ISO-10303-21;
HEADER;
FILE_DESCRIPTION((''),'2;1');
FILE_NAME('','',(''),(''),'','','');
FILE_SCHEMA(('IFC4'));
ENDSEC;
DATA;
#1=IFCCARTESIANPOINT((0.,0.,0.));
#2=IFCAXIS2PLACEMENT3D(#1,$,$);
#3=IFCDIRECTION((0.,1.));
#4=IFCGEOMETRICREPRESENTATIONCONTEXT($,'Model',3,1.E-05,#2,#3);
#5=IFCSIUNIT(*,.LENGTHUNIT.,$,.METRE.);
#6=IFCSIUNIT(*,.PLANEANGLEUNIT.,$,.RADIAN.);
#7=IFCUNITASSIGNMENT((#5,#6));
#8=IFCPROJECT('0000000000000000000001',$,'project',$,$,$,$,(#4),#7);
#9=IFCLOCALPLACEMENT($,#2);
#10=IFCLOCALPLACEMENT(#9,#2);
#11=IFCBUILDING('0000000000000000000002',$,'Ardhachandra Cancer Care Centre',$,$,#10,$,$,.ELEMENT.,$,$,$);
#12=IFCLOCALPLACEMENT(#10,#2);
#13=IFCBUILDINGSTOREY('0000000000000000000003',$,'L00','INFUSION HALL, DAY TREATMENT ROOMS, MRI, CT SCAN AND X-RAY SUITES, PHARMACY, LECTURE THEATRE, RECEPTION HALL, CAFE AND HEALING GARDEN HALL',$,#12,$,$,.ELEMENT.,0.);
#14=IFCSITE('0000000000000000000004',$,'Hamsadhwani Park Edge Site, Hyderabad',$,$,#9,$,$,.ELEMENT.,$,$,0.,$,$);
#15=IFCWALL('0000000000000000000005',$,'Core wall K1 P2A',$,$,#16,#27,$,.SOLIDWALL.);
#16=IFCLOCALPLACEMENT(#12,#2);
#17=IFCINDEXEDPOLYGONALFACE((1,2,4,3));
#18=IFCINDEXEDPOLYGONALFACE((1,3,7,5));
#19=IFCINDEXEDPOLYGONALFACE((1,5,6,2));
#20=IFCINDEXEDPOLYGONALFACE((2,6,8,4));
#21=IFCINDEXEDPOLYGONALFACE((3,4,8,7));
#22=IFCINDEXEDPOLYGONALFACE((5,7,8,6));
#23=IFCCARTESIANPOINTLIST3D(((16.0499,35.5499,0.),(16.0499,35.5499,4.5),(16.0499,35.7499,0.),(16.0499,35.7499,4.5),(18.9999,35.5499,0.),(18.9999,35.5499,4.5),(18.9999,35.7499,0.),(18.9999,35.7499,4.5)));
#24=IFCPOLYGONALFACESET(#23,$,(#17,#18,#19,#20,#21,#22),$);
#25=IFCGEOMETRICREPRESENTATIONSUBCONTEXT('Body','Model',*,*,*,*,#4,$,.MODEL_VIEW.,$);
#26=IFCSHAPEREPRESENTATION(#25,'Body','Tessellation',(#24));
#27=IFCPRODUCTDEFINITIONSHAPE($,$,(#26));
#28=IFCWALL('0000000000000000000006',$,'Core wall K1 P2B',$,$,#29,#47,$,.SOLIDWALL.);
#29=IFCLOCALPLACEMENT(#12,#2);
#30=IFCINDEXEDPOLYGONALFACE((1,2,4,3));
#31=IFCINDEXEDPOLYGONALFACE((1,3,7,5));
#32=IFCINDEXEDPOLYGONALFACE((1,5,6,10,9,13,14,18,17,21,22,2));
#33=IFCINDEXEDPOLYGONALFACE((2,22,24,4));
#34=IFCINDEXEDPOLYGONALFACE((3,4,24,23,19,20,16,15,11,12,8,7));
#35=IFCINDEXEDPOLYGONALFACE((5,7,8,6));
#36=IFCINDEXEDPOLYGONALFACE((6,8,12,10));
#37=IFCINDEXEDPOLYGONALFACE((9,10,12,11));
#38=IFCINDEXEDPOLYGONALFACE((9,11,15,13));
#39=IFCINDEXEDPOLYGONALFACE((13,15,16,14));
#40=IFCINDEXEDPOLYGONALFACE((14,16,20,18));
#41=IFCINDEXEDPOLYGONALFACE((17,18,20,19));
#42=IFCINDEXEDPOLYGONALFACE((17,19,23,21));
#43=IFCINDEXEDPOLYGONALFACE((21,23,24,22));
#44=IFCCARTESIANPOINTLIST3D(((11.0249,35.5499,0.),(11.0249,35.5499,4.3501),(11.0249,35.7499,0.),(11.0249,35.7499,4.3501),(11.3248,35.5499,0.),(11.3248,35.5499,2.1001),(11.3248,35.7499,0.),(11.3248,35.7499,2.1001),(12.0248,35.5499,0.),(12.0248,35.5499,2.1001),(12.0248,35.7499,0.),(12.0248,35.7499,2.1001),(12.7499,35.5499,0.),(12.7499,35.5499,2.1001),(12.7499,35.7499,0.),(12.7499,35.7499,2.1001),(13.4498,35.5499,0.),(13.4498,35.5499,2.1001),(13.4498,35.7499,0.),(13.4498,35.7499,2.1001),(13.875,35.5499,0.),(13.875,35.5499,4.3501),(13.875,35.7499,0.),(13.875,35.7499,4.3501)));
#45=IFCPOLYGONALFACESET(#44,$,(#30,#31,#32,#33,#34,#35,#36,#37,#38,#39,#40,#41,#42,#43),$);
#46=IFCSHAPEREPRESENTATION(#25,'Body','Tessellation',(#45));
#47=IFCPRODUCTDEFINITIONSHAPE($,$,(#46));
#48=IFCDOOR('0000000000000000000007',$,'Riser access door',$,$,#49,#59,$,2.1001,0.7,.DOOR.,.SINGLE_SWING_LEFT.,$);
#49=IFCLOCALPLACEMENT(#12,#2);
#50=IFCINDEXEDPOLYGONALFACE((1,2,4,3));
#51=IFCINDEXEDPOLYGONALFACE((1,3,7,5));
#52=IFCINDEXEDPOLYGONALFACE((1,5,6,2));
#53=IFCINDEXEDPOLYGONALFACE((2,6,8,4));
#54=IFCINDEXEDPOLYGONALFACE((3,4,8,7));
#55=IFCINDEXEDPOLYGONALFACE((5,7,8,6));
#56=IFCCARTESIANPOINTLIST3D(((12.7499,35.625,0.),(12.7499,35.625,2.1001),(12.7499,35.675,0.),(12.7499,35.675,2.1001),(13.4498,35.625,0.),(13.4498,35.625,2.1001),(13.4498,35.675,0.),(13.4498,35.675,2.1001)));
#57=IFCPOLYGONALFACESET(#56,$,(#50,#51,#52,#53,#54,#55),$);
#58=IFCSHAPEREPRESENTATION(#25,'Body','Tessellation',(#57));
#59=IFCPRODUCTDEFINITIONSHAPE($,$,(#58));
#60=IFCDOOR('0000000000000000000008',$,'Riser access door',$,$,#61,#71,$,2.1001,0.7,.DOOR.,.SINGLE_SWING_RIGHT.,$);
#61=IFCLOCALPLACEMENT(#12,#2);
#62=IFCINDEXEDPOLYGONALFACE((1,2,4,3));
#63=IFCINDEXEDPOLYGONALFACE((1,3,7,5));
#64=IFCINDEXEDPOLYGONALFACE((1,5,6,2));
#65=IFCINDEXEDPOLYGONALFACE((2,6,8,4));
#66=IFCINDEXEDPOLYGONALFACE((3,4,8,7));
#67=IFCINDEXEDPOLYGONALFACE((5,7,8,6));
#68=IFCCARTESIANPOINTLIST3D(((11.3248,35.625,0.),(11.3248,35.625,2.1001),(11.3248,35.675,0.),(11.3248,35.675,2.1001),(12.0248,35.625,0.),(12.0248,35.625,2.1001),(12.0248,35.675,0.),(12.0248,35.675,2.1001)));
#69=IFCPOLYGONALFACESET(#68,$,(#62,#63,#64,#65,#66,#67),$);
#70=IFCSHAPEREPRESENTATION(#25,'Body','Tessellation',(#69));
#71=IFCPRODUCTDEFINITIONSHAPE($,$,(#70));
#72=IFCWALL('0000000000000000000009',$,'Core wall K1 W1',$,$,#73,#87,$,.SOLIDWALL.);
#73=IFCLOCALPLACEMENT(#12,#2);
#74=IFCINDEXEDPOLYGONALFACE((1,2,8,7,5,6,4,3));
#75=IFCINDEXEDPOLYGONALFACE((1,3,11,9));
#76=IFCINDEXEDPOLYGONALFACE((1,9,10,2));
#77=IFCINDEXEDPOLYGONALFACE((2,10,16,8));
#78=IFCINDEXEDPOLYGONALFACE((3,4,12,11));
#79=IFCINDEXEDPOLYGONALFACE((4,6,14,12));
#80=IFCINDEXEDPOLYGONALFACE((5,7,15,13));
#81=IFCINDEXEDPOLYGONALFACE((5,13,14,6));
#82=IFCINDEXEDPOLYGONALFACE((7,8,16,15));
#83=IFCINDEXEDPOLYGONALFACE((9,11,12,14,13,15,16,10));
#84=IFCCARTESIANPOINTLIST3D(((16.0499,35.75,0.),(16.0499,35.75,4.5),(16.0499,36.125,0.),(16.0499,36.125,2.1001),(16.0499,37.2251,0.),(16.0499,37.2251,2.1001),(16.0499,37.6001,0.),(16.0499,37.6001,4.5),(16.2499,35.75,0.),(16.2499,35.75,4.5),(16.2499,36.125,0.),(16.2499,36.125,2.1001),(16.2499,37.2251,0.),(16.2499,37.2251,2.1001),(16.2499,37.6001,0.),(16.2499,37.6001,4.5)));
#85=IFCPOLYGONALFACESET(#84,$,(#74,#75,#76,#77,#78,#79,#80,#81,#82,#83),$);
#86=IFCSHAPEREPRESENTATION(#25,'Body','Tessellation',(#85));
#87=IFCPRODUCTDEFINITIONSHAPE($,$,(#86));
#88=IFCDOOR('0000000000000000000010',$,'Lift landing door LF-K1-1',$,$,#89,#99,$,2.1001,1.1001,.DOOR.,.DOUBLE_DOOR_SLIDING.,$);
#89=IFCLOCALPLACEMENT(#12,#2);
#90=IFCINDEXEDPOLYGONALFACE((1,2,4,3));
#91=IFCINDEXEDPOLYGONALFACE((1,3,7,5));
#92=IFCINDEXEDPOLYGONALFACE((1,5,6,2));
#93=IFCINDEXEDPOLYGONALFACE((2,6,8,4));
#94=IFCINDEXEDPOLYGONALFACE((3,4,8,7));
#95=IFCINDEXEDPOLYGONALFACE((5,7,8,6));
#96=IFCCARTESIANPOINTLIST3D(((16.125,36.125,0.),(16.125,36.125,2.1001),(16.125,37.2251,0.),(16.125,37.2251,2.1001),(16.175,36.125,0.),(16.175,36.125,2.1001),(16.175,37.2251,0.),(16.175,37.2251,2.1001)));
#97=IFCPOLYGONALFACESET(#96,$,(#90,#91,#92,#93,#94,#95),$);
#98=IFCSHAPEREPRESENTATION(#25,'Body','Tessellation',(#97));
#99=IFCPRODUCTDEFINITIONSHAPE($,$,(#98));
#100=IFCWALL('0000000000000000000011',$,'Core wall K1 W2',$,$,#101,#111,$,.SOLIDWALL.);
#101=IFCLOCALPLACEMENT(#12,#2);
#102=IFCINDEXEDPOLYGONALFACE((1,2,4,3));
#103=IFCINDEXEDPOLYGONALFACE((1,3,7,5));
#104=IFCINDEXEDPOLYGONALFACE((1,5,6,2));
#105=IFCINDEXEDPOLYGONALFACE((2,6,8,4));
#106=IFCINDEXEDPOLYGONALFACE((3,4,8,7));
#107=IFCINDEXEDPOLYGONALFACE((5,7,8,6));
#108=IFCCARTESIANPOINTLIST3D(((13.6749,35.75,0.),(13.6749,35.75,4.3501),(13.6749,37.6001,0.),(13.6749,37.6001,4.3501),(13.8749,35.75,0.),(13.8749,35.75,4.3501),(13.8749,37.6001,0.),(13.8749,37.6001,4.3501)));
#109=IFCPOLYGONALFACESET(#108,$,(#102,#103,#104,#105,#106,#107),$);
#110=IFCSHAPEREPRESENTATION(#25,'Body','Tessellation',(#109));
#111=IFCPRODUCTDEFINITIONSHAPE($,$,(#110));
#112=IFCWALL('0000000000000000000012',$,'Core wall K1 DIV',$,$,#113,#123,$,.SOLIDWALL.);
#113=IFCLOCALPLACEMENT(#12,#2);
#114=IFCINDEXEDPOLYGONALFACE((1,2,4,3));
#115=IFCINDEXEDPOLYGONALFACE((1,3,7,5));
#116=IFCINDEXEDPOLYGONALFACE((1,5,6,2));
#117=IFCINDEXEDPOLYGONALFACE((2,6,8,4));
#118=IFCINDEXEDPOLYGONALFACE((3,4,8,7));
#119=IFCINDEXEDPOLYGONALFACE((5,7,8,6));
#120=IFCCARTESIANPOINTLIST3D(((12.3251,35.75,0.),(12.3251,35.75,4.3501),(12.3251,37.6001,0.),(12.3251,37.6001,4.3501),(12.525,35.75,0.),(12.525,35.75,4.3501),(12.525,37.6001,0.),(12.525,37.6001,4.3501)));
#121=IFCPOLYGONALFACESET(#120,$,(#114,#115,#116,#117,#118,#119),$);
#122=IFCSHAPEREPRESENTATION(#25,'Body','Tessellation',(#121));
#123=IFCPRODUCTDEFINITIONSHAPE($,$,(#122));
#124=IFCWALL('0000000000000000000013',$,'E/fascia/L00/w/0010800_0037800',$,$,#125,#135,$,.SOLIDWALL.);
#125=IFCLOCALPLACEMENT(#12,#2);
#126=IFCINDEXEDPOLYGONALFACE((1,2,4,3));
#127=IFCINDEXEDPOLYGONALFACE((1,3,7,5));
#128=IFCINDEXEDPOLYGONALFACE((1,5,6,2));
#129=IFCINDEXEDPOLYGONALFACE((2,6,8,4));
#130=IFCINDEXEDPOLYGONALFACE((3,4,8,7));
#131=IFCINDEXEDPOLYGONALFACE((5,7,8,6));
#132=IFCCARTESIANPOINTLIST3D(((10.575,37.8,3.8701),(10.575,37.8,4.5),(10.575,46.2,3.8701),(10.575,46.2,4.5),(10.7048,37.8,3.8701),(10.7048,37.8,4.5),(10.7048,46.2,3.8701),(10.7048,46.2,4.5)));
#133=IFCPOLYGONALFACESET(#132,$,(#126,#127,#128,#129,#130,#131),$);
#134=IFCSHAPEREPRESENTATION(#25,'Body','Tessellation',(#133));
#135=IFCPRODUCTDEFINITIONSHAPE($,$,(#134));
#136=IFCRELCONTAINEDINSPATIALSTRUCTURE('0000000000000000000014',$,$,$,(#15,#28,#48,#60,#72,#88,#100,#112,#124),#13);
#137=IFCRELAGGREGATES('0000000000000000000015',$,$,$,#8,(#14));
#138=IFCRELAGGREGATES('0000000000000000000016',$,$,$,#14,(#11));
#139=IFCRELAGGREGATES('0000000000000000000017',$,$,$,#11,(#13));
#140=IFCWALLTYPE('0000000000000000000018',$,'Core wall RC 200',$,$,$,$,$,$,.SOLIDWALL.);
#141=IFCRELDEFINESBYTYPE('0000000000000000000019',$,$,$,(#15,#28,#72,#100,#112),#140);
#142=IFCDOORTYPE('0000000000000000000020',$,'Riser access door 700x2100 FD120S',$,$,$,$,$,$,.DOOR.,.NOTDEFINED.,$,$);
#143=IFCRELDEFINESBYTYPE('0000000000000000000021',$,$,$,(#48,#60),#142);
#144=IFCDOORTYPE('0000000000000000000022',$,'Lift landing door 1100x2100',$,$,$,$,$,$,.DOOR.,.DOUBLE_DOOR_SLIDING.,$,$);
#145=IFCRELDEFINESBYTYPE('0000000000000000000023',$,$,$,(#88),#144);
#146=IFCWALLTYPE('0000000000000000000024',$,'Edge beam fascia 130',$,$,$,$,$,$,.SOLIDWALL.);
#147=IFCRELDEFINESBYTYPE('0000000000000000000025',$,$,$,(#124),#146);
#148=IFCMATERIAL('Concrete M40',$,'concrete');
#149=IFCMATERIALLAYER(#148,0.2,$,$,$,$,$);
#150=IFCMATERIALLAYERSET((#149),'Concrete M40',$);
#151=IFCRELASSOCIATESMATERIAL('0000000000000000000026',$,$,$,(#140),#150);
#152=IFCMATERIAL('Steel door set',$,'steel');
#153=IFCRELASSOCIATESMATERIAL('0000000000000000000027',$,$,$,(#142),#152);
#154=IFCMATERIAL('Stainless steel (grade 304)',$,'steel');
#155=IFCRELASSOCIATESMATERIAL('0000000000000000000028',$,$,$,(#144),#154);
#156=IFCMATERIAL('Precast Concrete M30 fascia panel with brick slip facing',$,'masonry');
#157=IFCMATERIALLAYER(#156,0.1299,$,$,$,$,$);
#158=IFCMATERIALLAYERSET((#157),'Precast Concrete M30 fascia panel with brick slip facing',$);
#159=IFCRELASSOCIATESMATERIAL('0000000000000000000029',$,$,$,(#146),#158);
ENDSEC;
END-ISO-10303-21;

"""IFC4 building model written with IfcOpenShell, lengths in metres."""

from ifc_helpers import new_model, si_unit, direction, frame, frame_2d, origin, place, context, subcontext, project, spatial, rectangle, extrude, material, layer, layer_set, type_object, element, fill, save


model = new_model("IFC4")

# Units and contexts
model_context = context("Model", 3, precision=1e-05, world=origin(), true_north=direction((0.0, 1.0)))
body_context = subcontext(model_context, "Body", "Model", "MODEL_VIEW")
ifc_project = project(units=[si_unit("LENGTHUNIT", "METRE"), si_unit("PLANEANGLEUNIT", "RADIAN")], contexts=[model_context])

# Site, building, storey
site_placement = place(None, origin())
site = spatial("IfcSite", under=ifc_project, at=site_placement, Name="Hamsadhwani Park Edge Site, Hyderabad", CompositionType="ELEMENT", RefElevation=0.0)
building_placement = place(site_placement, origin())
building = spatial("IfcBuilding", under=site, at=building_placement, Name="Ardhachandra Cancer Care Centre", CompositionType="ELEMENT")
storey_placement = place(building_placement, origin())
storey = spatial("IfcBuildingStorey", under=building, at=storey_placement, Name="L00", Description="INFUSION HALL, DAY TREATMENT ROOMS, MRI, CT SCAN AND X-RAY SUITES, PHARMACY, LECTURE THEATRE, RECEPTION HALL, CAFE AND HEALING GARDEN HALL", CompositionType="ELEMENT", Elevation=0.0)

# Shared definitions
ifc_material_1 = material(Name="Concrete M40", Category="concrete")
ifc_layer_1 = layer(ifc_material_1, 0.2)
ifc_layer_set_1 = layer_set([ifc_layer_1], Name="Concrete M40")
wall_type_1 = type_object("IfcWallType", Name="Core wall RC 200", PredefinedType="SOLIDWALL", material=ifc_layer_set_1)

# Wall
wall_1_placement = place(storey_placement, frame((19.0, 35.6499, 0.0), z_axis=(0.0, 0.0, 1.0), x_axis=(-1.0, 0.0, 0.0)))
element("IfcWall", 1, at=wall_1_placement, inside=storey, type_object=wall_type_1, Name="Core wall K1 P2A", PredefinedType="SOLIDWALL", context=body_context, shape_type="SweptSolid", body=[
    extrude(rectangle(XDim=2.95, YDim=0.2, at=frame_2d((1.4751, 0.0))), origin(), (0.0, 0.0, 1.0), 4.5),
])

# Wall, openings, doors
wall_2_placement = place(storey_placement, frame((13.875, 35.6499, 0.0), z_axis=(0.0, 0.0, 1.0), x_axis=(-1.0, 0.0, 0.0)))
wall_2 = element("IfcWall", 2, at=wall_2_placement, inside=storey, type_object=wall_type_1, Name="Core wall K1 P2B", PredefinedType="SOLIDWALL", context=body_context, shape_type="SweptSolid", body=[
    extrude(rectangle(XDim=2.8501, YDim=0.2, at=frame_2d((1.425, 0.0))), origin(), (0.0, 0.0, 1.0), 4.3501),
])
opening_1_placement = place(wall_2_placement, frame((0.425, 0.0, 0.0)))
opening_1 = element("IfcOpeningElement", 3, at=opening_1_placement, cuts=wall_2, PredefinedType="OPENING", context=body_context, shape_type="SweptSolid", body=[
    extrude(rectangle(XDim=0.7, YDim=2.1001, at=frame_2d((0.3501, 1.05))), frame((0.0, 0.1099, 0.0), z_axis=(0.0, -1.0, 0.0), x_axis=(1.0, 0.0, 0.0)), (0.0, 0.0, 1.0), 0.22),
])
opening_2_placement = place(wall_2_placement, frame((1.8501, 0.0, 0.0)))
opening_2 = element("IfcOpeningElement", 4, at=opening_2_placement, cuts=wall_2, PredefinedType="OPENING", context=body_context, shape_type="SweptSolid", body=[
    extrude(rectangle(XDim=0.7, YDim=2.1001, at=frame_2d((0.3501, 1.05))), frame((0.0, 0.1099, 0.0), z_axis=(0.0, -1.0, 0.0), x_axis=(1.0, 0.0, 0.0)), (0.0, 0.0, 1.0), 0.22),
])
ifc_material_2 = material(Name="Steel door set", Category="steel")
door_type_1 = type_object("IfcDoorType", Name="Riser access door 700x2100 FD120S", OperationType="NOTDEFINED", PredefinedType="DOOR", material=ifc_material_2)
door_1_placement = place(opening_1_placement, origin())
door_1 = element("IfcDoor", 5, at=door_1_placement, inside=storey, type_object=door_type_1, Name="Riser access door", OperationType="SINGLE_SWING_LEFT", OverallHeight=2.1001, OverallWidth=0.7, PredefinedType="DOOR", context=body_context, shape_type="SweptSolid", body=[
    extrude(rectangle(XDim=0.7, YDim=2.1001, at=frame_2d((0.3501, 1.05))), frame((0.0, 0.0249, 0.0), z_axis=(0.0, -1.0, 0.0), x_axis=(1.0, 0.0, 0.0)), (0.0, 0.0, 1.0), 0.05),
])
fill(opening_1, door_1)
door_2_placement = place(opening_2_placement, origin())
door_2 = element("IfcDoor", 6, at=door_2_placement, inside=storey, type_object=door_type_1, Name="Riser access door", OperationType="SINGLE_SWING_RIGHT", OverallHeight=2.1001, OverallWidth=0.7, PredefinedType="DOOR", context=body_context, shape_type="SweptSolid", body=[
    extrude(rectangle(XDim=0.7, YDim=2.1001, at=frame_2d((0.3501, 1.05))), frame((0.0, 0.0249, 0.0), z_axis=(0.0, -1.0, 0.0), x_axis=(1.0, 0.0, 0.0)), (0.0, 0.0, 1.0), 0.05),
])
fill(opening_2, door_2)

# Wall, opening, door
wall_3_placement = place(storey_placement, frame((16.1499, 35.75, 0.0), z_axis=(0.0, 0.0, 1.0), x_axis=(0.0, 1.0, 0.0)))
wall_3 = element("IfcWall", 7, at=wall_3_placement, inside=storey, type_object=wall_type_1, Name="Core wall K1 W1", PredefinedType="SOLIDWALL", context=body_context, shape_type="SweptSolid", body=[
    extrude(rectangle(XDim=1.8501, YDim=0.2, at=frame_2d((0.925, 0.0))), origin(), (0.0, 0.0, 1.0), 4.5),
])
opening_3_placement = place(wall_3_placement, frame((0.375, 0.0, 0.0)))
opening_3 = element("IfcOpeningElement", 8, at=opening_3_placement, cuts=wall_3, PredefinedType="OPENING", context=body_context, shape_type="SweptSolid", body=[
    extrude(rectangle(XDim=1.1001, YDim=2.1001, at=frame_2d((0.55, 1.05))), frame((0.0, 0.1099, 0.0), z_axis=(0.0, -1.0, 0.0), x_axis=(1.0, 0.0, 0.0)), (0.0, 0.0, 1.0), 0.22),
])
ifc_material_3 = material(Name="Stainless steel (grade 304)", Category="steel")
door_type_2 = type_object("IfcDoorType", Name="Lift landing door 1100x2100", OperationType="DOUBLE_DOOR_SLIDING", PredefinedType="DOOR", material=ifc_material_3)
door_3_placement = place(opening_3_placement, origin())
door_3 = element("IfcDoor", 9, at=door_3_placement, inside=storey, type_object=door_type_2, Name="Lift landing door LF-K1-1", OperationType="DOUBLE_DOOR_SLIDING", OverallHeight=2.1001, OverallWidth=1.1001, PredefinedType="DOOR", context=body_context, shape_type="SweptSolid", body=[
    extrude(rectangle(XDim=1.1001, YDim=2.1001, at=frame_2d((0.55, 1.05))), frame((0.0, 0.0249, 0.0), z_axis=(0.0, -1.0, 0.0), x_axis=(1.0, 0.0, 0.0)), (0.0, 0.0, 1.0), 0.05),
])
fill(opening_3, door_3)

# Walls
for number, where, z_axis, x_axis, name in (
    (10, (13.7749, 35.75, 0.0), (0.0, 0.0, 1.0), (0.0, 1.0, 0.0), "Core wall K1 W2"),
    (11, (12.425, 35.75, 0.0), (0.0, 0.0, 1.0), (0.0, 1.0, 0.0), "Core wall K1 DIV"),
):
    element("IfcWall", number, at=place(storey_placement, frame(where, z_axis=z_axis, x_axis=x_axis)), inside=storey, type_object=wall_type_1, Name=name, PredefinedType="SOLIDWALL", context=body_context, shape_type="SweptSolid", body=[
        extrude(rectangle(XDim=1.8501, YDim=0.2, at=frame_2d((0.925, 0.0))), origin(), (0.0, 0.0, 1.0), 4.3501),
    ])
ifc_material_4 = material(Name="Precast Concrete M30 fascia panel with brick slip facing", Category="masonry")
ifc_layer_2 = layer(ifc_material_4, 0.1299)
ifc_layer_set_2 = layer_set([ifc_layer_2], Name="Precast Concrete M30 fascia panel with brick slip facing")
wall_type_2 = type_object("IfcWallType", Name="Edge beam fascia 130", PredefinedType="SOLIDWALL", material=ifc_layer_set_2)
wall_4_placement = place(storey_placement, frame((10.6399, 37.8, 3.8701), z_axis=(0.0, 0.0, 1.0), x_axis=(0.0, 1.0, 0.0)))
element("IfcWall", 12, at=wall_4_placement, inside=storey, type_object=wall_type_2, Name="E/fascia/L00/w/0010800_0037800", PredefinedType="SOLIDWALL", context=body_context, shape_type="SweptSolid", body=[
    extrude(rectangle(XDim=8.3999, YDim=0.1299, at=frame_2d((4.2, 0.0))), origin(), (0.0, 0.0, 1.0), 0.6299),
])

save(model, "model.ifc")
